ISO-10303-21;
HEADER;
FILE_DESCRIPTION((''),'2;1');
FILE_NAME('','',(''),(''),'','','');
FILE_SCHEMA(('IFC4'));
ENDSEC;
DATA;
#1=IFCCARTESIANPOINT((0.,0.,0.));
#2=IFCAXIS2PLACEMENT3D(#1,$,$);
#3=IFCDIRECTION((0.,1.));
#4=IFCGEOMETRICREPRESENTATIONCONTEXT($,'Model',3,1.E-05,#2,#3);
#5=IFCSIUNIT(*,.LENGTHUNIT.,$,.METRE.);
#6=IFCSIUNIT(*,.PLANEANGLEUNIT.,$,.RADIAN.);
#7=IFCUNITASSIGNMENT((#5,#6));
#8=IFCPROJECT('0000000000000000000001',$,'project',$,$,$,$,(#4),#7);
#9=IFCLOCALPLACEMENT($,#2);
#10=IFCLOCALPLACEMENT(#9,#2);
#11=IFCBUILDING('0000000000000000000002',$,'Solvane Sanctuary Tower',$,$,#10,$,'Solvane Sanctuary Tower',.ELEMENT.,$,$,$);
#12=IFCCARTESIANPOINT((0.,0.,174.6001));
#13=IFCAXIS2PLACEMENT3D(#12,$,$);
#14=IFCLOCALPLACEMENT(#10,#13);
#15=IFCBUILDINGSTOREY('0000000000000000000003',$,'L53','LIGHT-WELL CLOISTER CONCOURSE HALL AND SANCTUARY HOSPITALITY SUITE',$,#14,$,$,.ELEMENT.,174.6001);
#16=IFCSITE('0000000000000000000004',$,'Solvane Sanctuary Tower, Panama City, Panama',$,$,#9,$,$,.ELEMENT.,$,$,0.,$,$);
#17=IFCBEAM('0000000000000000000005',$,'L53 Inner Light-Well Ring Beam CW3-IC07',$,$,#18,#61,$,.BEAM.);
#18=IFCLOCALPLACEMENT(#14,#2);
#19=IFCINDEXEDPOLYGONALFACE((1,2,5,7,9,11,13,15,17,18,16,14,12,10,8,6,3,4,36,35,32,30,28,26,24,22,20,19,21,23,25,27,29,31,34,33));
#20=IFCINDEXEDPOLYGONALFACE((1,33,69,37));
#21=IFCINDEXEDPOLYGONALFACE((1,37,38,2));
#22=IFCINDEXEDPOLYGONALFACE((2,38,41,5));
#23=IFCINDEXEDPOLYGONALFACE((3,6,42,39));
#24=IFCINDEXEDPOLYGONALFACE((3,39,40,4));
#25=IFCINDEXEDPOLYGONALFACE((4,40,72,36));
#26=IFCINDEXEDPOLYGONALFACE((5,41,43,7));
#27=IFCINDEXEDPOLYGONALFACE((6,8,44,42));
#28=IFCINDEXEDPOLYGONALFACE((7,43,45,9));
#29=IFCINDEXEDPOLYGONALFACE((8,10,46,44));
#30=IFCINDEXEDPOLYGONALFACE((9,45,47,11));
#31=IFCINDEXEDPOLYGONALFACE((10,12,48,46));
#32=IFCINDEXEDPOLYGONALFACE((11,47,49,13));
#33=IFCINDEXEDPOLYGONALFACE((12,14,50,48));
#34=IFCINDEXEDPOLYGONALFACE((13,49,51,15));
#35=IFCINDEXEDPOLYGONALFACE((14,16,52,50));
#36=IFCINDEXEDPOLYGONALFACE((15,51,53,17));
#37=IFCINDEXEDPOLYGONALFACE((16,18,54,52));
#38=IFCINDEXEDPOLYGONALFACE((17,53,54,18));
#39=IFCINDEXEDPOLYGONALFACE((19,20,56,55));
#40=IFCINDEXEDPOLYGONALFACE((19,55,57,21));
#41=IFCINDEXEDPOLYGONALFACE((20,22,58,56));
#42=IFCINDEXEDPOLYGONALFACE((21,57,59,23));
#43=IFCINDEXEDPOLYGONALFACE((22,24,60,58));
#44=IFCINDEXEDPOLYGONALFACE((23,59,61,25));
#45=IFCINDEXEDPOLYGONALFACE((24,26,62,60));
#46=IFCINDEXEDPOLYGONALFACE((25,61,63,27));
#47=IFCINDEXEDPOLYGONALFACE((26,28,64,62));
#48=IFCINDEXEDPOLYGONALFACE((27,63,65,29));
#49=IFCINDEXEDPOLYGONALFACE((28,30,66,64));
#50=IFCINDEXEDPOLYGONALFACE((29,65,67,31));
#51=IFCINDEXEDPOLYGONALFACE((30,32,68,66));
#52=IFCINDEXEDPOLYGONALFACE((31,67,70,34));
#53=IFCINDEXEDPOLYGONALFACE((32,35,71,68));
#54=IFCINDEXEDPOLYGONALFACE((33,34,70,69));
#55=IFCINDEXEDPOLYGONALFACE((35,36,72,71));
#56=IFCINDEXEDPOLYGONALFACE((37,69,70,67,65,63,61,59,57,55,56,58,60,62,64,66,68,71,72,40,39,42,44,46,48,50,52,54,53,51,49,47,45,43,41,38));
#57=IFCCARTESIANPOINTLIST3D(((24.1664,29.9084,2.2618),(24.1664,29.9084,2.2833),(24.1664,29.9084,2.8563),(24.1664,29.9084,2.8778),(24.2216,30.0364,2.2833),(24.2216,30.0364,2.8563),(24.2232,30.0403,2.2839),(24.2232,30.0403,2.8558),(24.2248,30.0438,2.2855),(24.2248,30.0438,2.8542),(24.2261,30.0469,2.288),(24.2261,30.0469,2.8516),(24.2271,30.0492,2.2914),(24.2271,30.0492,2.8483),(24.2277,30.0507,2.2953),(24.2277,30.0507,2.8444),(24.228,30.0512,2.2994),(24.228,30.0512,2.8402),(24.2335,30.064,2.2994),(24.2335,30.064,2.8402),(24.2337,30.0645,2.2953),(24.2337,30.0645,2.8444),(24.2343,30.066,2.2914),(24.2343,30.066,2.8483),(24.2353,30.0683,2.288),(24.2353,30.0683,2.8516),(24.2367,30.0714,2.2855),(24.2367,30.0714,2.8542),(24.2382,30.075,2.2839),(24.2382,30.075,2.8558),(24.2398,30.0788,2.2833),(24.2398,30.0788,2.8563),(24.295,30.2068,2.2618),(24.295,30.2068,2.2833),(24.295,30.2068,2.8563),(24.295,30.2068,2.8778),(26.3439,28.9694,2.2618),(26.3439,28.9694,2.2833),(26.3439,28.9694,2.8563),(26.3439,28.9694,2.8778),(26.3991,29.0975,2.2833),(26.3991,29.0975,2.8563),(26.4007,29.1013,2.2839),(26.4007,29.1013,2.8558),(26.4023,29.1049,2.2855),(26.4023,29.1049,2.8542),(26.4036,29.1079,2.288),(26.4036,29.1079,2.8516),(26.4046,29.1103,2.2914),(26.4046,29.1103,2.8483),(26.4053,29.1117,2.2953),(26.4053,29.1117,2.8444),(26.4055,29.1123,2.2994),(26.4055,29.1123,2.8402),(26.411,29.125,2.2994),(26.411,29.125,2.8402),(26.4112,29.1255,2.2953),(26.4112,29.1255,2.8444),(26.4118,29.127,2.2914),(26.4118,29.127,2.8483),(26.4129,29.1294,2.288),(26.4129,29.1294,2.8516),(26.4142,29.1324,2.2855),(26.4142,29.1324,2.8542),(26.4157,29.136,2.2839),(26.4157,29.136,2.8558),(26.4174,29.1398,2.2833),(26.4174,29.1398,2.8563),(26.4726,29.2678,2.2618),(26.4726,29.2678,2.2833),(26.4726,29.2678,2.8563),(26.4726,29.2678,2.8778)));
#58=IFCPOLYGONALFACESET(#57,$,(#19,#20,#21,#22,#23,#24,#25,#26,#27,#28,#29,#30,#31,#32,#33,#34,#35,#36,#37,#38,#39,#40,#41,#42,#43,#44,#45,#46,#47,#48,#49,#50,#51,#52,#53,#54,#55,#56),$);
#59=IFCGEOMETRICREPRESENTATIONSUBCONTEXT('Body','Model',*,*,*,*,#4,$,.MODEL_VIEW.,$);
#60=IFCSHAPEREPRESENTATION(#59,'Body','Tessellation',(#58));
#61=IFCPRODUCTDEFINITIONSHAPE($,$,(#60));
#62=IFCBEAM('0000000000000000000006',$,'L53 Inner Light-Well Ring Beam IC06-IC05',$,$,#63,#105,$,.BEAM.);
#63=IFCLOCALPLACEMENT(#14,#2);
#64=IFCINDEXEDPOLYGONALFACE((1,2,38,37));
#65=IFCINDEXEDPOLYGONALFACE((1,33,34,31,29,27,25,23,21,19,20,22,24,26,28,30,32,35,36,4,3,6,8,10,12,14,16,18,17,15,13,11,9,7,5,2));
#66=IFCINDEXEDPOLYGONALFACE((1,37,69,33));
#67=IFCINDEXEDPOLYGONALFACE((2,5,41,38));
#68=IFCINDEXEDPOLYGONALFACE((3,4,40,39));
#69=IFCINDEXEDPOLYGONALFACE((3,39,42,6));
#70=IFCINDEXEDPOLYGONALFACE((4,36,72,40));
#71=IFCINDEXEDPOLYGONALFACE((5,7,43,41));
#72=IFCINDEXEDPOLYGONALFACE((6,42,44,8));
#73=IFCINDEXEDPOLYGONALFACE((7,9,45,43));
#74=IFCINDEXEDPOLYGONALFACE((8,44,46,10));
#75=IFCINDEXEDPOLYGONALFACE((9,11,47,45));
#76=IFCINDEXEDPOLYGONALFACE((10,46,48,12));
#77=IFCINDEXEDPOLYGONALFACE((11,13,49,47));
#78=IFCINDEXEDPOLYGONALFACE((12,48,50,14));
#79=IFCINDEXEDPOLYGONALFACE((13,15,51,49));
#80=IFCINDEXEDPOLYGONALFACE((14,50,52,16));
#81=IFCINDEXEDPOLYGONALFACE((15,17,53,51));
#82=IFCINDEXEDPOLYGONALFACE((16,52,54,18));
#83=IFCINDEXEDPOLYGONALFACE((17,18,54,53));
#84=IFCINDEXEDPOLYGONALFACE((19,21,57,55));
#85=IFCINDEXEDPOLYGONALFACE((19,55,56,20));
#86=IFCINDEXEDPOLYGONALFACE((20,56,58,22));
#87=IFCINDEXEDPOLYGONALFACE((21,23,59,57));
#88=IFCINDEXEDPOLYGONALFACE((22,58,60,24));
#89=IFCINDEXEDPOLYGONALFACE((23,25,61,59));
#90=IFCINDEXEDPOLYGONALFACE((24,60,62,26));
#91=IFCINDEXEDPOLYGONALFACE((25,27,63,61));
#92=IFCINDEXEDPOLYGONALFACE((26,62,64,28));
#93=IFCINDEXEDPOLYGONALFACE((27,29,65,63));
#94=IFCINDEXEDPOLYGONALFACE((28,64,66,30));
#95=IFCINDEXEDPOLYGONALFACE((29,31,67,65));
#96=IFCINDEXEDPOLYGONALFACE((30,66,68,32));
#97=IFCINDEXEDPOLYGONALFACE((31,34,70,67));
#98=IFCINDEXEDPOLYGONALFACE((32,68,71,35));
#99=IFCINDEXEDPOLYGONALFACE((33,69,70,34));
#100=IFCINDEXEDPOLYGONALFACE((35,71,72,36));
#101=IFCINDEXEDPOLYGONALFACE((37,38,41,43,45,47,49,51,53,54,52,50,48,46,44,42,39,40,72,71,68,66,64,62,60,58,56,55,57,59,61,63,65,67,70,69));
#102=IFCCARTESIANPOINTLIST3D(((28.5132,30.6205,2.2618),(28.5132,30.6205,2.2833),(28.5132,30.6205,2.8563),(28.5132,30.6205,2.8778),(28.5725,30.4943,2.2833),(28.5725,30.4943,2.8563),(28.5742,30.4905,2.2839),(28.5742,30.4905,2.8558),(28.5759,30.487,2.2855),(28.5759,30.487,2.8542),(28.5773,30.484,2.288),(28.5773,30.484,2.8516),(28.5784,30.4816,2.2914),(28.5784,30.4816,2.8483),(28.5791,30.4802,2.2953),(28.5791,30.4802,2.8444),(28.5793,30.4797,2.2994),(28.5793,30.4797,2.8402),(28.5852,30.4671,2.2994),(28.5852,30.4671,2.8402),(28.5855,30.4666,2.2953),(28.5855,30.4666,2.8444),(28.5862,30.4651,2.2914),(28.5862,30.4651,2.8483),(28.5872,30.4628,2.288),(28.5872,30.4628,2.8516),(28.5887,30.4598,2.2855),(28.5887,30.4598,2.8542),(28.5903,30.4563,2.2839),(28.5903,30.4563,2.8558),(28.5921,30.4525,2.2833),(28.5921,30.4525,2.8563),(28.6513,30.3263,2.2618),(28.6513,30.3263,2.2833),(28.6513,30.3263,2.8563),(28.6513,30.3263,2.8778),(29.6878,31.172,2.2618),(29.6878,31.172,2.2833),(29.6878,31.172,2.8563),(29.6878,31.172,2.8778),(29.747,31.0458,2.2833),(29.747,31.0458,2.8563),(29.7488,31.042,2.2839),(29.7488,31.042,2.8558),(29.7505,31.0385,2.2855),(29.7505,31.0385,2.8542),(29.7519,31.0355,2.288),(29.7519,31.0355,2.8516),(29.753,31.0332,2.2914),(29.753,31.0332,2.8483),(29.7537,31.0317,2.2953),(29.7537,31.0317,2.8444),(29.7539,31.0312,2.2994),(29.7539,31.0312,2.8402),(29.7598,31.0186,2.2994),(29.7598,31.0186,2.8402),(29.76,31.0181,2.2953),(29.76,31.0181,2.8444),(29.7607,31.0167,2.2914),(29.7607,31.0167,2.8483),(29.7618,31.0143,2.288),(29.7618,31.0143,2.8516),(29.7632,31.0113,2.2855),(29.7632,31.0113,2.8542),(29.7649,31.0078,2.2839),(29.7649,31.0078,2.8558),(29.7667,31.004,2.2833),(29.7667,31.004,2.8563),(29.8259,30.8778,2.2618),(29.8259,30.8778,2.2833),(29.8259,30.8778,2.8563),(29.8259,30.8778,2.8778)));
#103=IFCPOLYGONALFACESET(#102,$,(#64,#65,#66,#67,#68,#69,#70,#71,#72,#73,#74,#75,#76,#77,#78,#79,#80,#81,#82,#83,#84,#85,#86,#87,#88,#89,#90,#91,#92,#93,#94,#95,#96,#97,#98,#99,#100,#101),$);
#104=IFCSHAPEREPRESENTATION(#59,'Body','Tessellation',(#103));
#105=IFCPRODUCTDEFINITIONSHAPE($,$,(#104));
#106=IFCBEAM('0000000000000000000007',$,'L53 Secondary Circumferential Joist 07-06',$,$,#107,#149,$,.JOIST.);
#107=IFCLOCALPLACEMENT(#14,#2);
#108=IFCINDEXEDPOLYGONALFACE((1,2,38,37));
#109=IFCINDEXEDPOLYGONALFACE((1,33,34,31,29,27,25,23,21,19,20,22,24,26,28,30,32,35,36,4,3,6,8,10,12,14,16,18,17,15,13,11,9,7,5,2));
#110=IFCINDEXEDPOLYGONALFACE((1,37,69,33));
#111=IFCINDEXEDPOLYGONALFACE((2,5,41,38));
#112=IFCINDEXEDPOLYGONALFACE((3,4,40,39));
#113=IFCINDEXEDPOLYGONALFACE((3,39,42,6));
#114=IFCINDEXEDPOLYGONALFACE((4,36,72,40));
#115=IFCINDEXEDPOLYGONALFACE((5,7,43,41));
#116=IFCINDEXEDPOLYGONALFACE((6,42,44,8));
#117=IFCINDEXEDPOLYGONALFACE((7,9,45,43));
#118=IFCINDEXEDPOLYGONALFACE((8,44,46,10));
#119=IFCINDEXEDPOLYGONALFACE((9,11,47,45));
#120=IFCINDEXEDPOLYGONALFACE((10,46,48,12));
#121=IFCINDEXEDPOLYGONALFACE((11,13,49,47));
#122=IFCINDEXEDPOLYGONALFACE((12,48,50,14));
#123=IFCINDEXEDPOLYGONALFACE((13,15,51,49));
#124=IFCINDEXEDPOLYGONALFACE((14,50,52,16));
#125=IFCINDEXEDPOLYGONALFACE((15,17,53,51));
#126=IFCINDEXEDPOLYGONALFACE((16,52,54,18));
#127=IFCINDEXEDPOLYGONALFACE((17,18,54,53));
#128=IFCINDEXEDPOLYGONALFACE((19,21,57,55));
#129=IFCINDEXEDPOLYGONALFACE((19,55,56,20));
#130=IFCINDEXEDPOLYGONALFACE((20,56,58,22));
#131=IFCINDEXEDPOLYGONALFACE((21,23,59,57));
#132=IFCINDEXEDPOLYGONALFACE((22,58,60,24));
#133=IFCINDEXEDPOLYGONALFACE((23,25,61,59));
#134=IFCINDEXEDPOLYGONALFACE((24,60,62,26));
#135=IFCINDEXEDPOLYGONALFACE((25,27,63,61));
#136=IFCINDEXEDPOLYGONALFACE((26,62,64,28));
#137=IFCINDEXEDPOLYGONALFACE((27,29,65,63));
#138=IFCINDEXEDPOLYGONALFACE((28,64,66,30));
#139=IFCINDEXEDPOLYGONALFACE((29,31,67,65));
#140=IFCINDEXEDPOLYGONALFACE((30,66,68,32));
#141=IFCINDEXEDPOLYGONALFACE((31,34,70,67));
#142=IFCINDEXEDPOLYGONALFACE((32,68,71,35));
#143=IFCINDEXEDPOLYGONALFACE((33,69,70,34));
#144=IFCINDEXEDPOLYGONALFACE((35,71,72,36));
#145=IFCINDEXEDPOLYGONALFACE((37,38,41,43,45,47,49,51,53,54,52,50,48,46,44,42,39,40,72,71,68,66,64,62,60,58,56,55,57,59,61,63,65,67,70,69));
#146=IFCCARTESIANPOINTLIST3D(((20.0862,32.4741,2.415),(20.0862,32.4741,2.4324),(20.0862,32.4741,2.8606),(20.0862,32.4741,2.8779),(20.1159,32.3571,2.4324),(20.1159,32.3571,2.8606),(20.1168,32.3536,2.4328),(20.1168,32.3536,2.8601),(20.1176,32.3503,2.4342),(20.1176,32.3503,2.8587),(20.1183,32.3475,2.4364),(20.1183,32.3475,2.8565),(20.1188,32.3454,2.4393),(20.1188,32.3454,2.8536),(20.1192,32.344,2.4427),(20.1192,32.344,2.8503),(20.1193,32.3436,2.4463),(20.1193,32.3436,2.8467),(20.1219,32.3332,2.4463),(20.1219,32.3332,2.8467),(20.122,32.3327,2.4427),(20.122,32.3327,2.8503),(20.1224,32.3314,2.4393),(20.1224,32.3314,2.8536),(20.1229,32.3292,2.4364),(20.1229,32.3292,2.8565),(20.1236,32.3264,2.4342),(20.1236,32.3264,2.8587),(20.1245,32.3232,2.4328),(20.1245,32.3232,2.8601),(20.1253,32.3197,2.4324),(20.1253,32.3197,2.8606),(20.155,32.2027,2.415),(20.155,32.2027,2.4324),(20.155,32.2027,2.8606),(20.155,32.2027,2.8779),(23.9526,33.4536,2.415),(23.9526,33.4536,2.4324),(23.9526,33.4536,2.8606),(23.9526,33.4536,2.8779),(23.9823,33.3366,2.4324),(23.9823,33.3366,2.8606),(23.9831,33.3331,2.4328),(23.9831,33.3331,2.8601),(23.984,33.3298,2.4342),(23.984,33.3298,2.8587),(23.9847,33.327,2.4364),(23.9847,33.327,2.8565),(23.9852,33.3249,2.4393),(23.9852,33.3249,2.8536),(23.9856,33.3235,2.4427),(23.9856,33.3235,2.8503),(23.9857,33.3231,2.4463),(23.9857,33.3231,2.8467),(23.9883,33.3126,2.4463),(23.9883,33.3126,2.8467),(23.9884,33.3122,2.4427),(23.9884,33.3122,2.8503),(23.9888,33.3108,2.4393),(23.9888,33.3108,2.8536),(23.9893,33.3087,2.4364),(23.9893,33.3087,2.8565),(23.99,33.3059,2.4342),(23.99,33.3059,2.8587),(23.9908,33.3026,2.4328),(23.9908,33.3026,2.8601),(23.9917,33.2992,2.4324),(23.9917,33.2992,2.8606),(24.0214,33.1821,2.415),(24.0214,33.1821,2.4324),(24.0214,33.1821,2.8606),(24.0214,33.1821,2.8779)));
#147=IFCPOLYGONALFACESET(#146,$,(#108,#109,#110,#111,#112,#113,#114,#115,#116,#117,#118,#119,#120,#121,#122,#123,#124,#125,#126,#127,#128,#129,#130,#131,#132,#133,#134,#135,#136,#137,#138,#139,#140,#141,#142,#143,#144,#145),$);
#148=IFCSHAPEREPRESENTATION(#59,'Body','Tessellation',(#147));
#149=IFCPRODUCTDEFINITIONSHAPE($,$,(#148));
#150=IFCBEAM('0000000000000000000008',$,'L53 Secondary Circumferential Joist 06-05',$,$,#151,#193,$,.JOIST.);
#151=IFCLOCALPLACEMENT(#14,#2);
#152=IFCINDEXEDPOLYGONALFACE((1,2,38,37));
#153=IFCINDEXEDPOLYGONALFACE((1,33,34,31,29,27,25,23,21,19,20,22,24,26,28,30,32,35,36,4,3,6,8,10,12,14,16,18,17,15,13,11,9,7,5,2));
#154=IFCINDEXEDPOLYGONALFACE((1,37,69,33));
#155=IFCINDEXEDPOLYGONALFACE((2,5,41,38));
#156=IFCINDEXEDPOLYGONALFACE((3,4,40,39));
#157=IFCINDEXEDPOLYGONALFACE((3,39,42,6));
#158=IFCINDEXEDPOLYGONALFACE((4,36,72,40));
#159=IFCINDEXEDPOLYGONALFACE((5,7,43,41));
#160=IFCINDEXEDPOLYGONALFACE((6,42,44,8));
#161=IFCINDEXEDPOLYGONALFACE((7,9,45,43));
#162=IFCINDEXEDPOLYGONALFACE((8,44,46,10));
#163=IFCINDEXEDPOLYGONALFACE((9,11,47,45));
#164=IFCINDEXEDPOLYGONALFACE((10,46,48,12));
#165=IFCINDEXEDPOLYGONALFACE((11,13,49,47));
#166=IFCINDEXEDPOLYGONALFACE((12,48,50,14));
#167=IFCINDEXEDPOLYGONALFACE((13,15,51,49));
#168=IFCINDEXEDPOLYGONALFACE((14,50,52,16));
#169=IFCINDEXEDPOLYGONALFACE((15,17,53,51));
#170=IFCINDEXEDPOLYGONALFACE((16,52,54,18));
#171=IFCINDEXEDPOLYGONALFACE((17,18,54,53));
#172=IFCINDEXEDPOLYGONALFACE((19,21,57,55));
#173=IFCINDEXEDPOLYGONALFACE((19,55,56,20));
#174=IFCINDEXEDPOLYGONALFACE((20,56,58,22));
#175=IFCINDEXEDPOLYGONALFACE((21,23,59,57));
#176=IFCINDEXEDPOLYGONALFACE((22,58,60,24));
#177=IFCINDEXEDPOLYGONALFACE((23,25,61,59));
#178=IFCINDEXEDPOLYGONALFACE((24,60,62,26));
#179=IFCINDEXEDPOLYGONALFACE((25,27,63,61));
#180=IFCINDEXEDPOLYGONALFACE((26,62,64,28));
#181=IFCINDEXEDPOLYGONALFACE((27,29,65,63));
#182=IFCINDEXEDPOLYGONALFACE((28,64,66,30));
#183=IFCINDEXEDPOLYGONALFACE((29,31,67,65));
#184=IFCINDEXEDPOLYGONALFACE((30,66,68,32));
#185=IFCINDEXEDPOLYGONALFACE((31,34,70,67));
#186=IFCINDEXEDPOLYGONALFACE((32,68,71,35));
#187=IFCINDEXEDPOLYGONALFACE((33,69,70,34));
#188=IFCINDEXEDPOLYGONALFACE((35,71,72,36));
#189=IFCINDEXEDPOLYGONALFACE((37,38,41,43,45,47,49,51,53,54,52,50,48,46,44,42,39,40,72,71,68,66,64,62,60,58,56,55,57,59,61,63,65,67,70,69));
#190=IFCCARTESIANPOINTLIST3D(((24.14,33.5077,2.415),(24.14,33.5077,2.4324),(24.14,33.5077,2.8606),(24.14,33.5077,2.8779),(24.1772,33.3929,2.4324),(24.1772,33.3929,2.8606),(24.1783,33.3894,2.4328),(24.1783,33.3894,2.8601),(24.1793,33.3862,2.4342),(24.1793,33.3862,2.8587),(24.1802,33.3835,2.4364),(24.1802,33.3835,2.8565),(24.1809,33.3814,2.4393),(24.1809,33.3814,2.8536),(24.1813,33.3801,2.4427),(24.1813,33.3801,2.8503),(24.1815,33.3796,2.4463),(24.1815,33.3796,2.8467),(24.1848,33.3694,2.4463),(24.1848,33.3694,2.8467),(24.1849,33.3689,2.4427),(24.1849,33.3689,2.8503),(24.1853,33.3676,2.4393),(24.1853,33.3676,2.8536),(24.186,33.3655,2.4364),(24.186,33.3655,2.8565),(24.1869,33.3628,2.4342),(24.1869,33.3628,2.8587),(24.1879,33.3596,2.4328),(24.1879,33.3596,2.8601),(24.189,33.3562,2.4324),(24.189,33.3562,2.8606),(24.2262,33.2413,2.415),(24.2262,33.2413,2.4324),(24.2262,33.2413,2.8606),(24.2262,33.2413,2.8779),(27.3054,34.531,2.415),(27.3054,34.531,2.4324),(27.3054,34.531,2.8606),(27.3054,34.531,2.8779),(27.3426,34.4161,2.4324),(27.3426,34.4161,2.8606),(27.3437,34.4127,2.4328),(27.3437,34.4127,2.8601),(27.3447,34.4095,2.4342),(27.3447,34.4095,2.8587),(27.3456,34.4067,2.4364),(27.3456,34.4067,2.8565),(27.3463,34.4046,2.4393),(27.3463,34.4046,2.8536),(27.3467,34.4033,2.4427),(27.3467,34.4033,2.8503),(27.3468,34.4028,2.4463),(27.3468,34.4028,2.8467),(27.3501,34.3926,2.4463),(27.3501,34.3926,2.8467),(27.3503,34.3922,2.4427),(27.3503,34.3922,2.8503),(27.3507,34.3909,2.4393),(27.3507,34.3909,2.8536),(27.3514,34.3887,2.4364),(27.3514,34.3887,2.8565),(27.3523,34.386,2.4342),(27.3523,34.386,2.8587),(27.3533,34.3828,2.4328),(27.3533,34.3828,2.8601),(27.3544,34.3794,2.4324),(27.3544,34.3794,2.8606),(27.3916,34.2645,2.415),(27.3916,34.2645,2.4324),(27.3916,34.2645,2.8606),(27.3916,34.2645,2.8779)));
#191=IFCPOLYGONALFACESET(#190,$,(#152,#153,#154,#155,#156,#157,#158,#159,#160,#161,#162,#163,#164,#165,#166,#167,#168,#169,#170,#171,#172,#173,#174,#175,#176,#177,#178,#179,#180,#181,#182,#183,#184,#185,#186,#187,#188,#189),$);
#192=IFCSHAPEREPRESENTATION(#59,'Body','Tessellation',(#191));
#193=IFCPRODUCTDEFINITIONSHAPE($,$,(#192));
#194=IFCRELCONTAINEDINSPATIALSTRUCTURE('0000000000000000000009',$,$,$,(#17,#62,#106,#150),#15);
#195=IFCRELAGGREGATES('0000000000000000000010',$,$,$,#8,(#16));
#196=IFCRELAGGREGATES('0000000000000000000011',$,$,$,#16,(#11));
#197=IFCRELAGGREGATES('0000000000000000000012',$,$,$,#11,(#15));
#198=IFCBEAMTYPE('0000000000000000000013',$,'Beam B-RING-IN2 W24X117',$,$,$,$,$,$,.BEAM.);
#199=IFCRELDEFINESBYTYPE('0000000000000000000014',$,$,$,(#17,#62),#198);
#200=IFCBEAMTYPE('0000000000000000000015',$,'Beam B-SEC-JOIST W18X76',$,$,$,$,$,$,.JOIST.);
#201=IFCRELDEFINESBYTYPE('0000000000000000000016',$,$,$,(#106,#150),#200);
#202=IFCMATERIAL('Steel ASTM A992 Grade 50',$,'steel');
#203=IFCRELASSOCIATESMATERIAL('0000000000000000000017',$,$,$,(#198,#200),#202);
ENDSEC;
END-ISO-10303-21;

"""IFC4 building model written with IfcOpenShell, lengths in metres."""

from ifc_helpers import new_model, si_unit, direction, frame, origin, origin_2d, place, context, subcontext, project, spatial, i_section, extrude, material, material_profile, profile_set, type_object, element, save


model = new_model("IFC4")

# Units and contexts
model_context = context("Model", 3, precision=1e-05, world=origin(), true_north=direction((0.0, 1.0)))
body_context = subcontext(model_context, "Body", "Model", "MODEL_VIEW")
ifc_project = project(units=[si_unit("LENGTHUNIT", "METRE"), si_unit("PLANEANGLEUNIT", "RADIAN")], contexts=[model_context])

# Site, building, storey
site_placement = place(None, origin())
site = spatial("IfcSite", under=ifc_project, at=site_placement, Name="Solvane Sanctuary Tower, Panama City, Panama", CompositionType="ELEMENT", RefElevation=0.0)
building_placement = place(site_placement, origin())
building = spatial("IfcBuilding", under=site, at=building_placement, Name="Solvane Sanctuary Tower", LongName="Solvane Sanctuary Tower", CompositionType="ELEMENT")
storey_placement = place(building_placement, frame((0.0, 0.0, 174.6001)))
storey = spatial("IfcBuildingStorey", under=building, at=storey_placement, Name="L53", Description="LIGHT-WELL CLOISTER CONCOURSE HALL AND SANCTUARY HOSPITALITY SUITE", CompositionType="ELEMENT", Elevation=174.6001)

# Beams
ifc_material_1 = material(Name="Steel ASTM A992 Grade 50", Category="steel")
ifc_material_profile_1 = material_profile(ifc_material_1, i_section(OverallWidth=0.325, OverallDepth=0.616, WebThickness=0.0139, FlangeThickness=0.0215, FilletRadius=0.0161, at=origin_2d()), Name="W24X117")
ifc_profile_set_1 = profile_set([ifc_material_profile_1], Name="Steel ASTM A992 Grade 50")
beam_type_1 = type_object("IfcBeamType", Name="Beam B-RING-IN2 W24X117", PredefinedType="BEAM", material=ifc_profile_set_1)
beam_1_placement = place(storey_placement, frame((24.2307, 30.0576, 2.5698), z_axis=(0.918264, -0.395969, 0.0), x_axis=(0.395969, 0.918264, 0.0)))
element("IfcBeam", 1, at=beam_1_placement, inside=storey, type_object=beam_type_1, Name="L53 Inner Light-Well Ring Beam CW3-IC07", PredefinedType="BEAM", context=body_context, shape_type="SweptSolid", body=[
    extrude(i_section(OverallWidth=0.325, OverallDepth=0.616, WebThickness=0.0139, FlangeThickness=0.0215, FilletRadius=0.0161, at=origin_2d()), origin(), (0.0, 0.0, 1.0), 2.3713),
])
beam_2_placement = place(storey_placement, frame((28.5823, 30.4734, 2.5698), z_axis=(0.905181, 0.425027, 0.0), x_axis=(-0.425027, 0.905181, 0.0)))
element("IfcBeam", 2, at=beam_2_placement, inside=storey, type_object=beam_type_1, Name="L53 Inner Light-Well Ring Beam IC06-IC05", PredefinedType="BEAM", context=body_context, shape_type="SweptSolid", body=[
    extrude(i_section(OverallWidth=0.325, OverallDepth=0.616, WebThickness=0.0139, FlangeThickness=0.0215, FilletRadius=0.0161, at=origin_2d()), origin(), (0.0, 0.0, 1.0), 1.2976),
])
ifc_material_profile_2 = material_profile(ifc_material_1, i_section(OverallWidth=0.28, OverallDepth=0.4629, WebThickness=0.0107, FlangeThickness=0.0173, FilletRadius=0.0139, at=origin_2d()), Name="W18X76")
ifc_profile_set_2 = profile_set([ifc_material_profile_2], Name="Steel ASTM A992 Grade 50")
beam_type_2 = type_object("IfcBeamType", Name="Beam B-SEC-JOIST W18X76", PredefinedType="JOIST", material=ifc_profile_set_2)
beam_3_placement = place(storey_placement, frame((20.1206, 32.3384, 2.6465), z_axis=(0.969378, 0.245573, 0.0), x_axis=(-0.245573, 0.969378, 0.0)))
element("IfcBeam", 3, at=beam_3_placement, inside=storey, type_object=beam_type_2, Name="L53 Secondary Circumferential Joist 07-06", PredefinedType="JOIST", context=body_context, shape_type="SweptSolid", body=[
    extrude(i_section(OverallWidth=0.28, OverallDepth=0.4629, WebThickness=0.0107, FlangeThickness=0.0173, FilletRadius=0.0139, at=origin_2d()), origin(), (0.0, 0.0, 1.0), 3.9885),
])
beam_4_placement = place(storey_placement, frame((24.1831, 33.3745, 2.6465), z_axis=(0.951521, 0.307584, 0.0), x_axis=(-0.307584, 0.951521, 0.0)))
element("IfcBeam", 4, at=beam_4_placement, inside=storey, type_object=beam_type_2, Name="L53 Secondary Circumferential Joist 06-05", PredefinedType="JOIST", context=body_context, shape_type="SweptSolid", body=[
    extrude(i_section(OverallWidth=0.28, OverallDepth=0.4629, WebThickness=0.0107, FlangeThickness=0.0173, FilletRadius=0.0139, at=origin_2d()), origin(), (0.0, 0.0, 1.0), 3.3267),
])

save(model, "model.ifc")
